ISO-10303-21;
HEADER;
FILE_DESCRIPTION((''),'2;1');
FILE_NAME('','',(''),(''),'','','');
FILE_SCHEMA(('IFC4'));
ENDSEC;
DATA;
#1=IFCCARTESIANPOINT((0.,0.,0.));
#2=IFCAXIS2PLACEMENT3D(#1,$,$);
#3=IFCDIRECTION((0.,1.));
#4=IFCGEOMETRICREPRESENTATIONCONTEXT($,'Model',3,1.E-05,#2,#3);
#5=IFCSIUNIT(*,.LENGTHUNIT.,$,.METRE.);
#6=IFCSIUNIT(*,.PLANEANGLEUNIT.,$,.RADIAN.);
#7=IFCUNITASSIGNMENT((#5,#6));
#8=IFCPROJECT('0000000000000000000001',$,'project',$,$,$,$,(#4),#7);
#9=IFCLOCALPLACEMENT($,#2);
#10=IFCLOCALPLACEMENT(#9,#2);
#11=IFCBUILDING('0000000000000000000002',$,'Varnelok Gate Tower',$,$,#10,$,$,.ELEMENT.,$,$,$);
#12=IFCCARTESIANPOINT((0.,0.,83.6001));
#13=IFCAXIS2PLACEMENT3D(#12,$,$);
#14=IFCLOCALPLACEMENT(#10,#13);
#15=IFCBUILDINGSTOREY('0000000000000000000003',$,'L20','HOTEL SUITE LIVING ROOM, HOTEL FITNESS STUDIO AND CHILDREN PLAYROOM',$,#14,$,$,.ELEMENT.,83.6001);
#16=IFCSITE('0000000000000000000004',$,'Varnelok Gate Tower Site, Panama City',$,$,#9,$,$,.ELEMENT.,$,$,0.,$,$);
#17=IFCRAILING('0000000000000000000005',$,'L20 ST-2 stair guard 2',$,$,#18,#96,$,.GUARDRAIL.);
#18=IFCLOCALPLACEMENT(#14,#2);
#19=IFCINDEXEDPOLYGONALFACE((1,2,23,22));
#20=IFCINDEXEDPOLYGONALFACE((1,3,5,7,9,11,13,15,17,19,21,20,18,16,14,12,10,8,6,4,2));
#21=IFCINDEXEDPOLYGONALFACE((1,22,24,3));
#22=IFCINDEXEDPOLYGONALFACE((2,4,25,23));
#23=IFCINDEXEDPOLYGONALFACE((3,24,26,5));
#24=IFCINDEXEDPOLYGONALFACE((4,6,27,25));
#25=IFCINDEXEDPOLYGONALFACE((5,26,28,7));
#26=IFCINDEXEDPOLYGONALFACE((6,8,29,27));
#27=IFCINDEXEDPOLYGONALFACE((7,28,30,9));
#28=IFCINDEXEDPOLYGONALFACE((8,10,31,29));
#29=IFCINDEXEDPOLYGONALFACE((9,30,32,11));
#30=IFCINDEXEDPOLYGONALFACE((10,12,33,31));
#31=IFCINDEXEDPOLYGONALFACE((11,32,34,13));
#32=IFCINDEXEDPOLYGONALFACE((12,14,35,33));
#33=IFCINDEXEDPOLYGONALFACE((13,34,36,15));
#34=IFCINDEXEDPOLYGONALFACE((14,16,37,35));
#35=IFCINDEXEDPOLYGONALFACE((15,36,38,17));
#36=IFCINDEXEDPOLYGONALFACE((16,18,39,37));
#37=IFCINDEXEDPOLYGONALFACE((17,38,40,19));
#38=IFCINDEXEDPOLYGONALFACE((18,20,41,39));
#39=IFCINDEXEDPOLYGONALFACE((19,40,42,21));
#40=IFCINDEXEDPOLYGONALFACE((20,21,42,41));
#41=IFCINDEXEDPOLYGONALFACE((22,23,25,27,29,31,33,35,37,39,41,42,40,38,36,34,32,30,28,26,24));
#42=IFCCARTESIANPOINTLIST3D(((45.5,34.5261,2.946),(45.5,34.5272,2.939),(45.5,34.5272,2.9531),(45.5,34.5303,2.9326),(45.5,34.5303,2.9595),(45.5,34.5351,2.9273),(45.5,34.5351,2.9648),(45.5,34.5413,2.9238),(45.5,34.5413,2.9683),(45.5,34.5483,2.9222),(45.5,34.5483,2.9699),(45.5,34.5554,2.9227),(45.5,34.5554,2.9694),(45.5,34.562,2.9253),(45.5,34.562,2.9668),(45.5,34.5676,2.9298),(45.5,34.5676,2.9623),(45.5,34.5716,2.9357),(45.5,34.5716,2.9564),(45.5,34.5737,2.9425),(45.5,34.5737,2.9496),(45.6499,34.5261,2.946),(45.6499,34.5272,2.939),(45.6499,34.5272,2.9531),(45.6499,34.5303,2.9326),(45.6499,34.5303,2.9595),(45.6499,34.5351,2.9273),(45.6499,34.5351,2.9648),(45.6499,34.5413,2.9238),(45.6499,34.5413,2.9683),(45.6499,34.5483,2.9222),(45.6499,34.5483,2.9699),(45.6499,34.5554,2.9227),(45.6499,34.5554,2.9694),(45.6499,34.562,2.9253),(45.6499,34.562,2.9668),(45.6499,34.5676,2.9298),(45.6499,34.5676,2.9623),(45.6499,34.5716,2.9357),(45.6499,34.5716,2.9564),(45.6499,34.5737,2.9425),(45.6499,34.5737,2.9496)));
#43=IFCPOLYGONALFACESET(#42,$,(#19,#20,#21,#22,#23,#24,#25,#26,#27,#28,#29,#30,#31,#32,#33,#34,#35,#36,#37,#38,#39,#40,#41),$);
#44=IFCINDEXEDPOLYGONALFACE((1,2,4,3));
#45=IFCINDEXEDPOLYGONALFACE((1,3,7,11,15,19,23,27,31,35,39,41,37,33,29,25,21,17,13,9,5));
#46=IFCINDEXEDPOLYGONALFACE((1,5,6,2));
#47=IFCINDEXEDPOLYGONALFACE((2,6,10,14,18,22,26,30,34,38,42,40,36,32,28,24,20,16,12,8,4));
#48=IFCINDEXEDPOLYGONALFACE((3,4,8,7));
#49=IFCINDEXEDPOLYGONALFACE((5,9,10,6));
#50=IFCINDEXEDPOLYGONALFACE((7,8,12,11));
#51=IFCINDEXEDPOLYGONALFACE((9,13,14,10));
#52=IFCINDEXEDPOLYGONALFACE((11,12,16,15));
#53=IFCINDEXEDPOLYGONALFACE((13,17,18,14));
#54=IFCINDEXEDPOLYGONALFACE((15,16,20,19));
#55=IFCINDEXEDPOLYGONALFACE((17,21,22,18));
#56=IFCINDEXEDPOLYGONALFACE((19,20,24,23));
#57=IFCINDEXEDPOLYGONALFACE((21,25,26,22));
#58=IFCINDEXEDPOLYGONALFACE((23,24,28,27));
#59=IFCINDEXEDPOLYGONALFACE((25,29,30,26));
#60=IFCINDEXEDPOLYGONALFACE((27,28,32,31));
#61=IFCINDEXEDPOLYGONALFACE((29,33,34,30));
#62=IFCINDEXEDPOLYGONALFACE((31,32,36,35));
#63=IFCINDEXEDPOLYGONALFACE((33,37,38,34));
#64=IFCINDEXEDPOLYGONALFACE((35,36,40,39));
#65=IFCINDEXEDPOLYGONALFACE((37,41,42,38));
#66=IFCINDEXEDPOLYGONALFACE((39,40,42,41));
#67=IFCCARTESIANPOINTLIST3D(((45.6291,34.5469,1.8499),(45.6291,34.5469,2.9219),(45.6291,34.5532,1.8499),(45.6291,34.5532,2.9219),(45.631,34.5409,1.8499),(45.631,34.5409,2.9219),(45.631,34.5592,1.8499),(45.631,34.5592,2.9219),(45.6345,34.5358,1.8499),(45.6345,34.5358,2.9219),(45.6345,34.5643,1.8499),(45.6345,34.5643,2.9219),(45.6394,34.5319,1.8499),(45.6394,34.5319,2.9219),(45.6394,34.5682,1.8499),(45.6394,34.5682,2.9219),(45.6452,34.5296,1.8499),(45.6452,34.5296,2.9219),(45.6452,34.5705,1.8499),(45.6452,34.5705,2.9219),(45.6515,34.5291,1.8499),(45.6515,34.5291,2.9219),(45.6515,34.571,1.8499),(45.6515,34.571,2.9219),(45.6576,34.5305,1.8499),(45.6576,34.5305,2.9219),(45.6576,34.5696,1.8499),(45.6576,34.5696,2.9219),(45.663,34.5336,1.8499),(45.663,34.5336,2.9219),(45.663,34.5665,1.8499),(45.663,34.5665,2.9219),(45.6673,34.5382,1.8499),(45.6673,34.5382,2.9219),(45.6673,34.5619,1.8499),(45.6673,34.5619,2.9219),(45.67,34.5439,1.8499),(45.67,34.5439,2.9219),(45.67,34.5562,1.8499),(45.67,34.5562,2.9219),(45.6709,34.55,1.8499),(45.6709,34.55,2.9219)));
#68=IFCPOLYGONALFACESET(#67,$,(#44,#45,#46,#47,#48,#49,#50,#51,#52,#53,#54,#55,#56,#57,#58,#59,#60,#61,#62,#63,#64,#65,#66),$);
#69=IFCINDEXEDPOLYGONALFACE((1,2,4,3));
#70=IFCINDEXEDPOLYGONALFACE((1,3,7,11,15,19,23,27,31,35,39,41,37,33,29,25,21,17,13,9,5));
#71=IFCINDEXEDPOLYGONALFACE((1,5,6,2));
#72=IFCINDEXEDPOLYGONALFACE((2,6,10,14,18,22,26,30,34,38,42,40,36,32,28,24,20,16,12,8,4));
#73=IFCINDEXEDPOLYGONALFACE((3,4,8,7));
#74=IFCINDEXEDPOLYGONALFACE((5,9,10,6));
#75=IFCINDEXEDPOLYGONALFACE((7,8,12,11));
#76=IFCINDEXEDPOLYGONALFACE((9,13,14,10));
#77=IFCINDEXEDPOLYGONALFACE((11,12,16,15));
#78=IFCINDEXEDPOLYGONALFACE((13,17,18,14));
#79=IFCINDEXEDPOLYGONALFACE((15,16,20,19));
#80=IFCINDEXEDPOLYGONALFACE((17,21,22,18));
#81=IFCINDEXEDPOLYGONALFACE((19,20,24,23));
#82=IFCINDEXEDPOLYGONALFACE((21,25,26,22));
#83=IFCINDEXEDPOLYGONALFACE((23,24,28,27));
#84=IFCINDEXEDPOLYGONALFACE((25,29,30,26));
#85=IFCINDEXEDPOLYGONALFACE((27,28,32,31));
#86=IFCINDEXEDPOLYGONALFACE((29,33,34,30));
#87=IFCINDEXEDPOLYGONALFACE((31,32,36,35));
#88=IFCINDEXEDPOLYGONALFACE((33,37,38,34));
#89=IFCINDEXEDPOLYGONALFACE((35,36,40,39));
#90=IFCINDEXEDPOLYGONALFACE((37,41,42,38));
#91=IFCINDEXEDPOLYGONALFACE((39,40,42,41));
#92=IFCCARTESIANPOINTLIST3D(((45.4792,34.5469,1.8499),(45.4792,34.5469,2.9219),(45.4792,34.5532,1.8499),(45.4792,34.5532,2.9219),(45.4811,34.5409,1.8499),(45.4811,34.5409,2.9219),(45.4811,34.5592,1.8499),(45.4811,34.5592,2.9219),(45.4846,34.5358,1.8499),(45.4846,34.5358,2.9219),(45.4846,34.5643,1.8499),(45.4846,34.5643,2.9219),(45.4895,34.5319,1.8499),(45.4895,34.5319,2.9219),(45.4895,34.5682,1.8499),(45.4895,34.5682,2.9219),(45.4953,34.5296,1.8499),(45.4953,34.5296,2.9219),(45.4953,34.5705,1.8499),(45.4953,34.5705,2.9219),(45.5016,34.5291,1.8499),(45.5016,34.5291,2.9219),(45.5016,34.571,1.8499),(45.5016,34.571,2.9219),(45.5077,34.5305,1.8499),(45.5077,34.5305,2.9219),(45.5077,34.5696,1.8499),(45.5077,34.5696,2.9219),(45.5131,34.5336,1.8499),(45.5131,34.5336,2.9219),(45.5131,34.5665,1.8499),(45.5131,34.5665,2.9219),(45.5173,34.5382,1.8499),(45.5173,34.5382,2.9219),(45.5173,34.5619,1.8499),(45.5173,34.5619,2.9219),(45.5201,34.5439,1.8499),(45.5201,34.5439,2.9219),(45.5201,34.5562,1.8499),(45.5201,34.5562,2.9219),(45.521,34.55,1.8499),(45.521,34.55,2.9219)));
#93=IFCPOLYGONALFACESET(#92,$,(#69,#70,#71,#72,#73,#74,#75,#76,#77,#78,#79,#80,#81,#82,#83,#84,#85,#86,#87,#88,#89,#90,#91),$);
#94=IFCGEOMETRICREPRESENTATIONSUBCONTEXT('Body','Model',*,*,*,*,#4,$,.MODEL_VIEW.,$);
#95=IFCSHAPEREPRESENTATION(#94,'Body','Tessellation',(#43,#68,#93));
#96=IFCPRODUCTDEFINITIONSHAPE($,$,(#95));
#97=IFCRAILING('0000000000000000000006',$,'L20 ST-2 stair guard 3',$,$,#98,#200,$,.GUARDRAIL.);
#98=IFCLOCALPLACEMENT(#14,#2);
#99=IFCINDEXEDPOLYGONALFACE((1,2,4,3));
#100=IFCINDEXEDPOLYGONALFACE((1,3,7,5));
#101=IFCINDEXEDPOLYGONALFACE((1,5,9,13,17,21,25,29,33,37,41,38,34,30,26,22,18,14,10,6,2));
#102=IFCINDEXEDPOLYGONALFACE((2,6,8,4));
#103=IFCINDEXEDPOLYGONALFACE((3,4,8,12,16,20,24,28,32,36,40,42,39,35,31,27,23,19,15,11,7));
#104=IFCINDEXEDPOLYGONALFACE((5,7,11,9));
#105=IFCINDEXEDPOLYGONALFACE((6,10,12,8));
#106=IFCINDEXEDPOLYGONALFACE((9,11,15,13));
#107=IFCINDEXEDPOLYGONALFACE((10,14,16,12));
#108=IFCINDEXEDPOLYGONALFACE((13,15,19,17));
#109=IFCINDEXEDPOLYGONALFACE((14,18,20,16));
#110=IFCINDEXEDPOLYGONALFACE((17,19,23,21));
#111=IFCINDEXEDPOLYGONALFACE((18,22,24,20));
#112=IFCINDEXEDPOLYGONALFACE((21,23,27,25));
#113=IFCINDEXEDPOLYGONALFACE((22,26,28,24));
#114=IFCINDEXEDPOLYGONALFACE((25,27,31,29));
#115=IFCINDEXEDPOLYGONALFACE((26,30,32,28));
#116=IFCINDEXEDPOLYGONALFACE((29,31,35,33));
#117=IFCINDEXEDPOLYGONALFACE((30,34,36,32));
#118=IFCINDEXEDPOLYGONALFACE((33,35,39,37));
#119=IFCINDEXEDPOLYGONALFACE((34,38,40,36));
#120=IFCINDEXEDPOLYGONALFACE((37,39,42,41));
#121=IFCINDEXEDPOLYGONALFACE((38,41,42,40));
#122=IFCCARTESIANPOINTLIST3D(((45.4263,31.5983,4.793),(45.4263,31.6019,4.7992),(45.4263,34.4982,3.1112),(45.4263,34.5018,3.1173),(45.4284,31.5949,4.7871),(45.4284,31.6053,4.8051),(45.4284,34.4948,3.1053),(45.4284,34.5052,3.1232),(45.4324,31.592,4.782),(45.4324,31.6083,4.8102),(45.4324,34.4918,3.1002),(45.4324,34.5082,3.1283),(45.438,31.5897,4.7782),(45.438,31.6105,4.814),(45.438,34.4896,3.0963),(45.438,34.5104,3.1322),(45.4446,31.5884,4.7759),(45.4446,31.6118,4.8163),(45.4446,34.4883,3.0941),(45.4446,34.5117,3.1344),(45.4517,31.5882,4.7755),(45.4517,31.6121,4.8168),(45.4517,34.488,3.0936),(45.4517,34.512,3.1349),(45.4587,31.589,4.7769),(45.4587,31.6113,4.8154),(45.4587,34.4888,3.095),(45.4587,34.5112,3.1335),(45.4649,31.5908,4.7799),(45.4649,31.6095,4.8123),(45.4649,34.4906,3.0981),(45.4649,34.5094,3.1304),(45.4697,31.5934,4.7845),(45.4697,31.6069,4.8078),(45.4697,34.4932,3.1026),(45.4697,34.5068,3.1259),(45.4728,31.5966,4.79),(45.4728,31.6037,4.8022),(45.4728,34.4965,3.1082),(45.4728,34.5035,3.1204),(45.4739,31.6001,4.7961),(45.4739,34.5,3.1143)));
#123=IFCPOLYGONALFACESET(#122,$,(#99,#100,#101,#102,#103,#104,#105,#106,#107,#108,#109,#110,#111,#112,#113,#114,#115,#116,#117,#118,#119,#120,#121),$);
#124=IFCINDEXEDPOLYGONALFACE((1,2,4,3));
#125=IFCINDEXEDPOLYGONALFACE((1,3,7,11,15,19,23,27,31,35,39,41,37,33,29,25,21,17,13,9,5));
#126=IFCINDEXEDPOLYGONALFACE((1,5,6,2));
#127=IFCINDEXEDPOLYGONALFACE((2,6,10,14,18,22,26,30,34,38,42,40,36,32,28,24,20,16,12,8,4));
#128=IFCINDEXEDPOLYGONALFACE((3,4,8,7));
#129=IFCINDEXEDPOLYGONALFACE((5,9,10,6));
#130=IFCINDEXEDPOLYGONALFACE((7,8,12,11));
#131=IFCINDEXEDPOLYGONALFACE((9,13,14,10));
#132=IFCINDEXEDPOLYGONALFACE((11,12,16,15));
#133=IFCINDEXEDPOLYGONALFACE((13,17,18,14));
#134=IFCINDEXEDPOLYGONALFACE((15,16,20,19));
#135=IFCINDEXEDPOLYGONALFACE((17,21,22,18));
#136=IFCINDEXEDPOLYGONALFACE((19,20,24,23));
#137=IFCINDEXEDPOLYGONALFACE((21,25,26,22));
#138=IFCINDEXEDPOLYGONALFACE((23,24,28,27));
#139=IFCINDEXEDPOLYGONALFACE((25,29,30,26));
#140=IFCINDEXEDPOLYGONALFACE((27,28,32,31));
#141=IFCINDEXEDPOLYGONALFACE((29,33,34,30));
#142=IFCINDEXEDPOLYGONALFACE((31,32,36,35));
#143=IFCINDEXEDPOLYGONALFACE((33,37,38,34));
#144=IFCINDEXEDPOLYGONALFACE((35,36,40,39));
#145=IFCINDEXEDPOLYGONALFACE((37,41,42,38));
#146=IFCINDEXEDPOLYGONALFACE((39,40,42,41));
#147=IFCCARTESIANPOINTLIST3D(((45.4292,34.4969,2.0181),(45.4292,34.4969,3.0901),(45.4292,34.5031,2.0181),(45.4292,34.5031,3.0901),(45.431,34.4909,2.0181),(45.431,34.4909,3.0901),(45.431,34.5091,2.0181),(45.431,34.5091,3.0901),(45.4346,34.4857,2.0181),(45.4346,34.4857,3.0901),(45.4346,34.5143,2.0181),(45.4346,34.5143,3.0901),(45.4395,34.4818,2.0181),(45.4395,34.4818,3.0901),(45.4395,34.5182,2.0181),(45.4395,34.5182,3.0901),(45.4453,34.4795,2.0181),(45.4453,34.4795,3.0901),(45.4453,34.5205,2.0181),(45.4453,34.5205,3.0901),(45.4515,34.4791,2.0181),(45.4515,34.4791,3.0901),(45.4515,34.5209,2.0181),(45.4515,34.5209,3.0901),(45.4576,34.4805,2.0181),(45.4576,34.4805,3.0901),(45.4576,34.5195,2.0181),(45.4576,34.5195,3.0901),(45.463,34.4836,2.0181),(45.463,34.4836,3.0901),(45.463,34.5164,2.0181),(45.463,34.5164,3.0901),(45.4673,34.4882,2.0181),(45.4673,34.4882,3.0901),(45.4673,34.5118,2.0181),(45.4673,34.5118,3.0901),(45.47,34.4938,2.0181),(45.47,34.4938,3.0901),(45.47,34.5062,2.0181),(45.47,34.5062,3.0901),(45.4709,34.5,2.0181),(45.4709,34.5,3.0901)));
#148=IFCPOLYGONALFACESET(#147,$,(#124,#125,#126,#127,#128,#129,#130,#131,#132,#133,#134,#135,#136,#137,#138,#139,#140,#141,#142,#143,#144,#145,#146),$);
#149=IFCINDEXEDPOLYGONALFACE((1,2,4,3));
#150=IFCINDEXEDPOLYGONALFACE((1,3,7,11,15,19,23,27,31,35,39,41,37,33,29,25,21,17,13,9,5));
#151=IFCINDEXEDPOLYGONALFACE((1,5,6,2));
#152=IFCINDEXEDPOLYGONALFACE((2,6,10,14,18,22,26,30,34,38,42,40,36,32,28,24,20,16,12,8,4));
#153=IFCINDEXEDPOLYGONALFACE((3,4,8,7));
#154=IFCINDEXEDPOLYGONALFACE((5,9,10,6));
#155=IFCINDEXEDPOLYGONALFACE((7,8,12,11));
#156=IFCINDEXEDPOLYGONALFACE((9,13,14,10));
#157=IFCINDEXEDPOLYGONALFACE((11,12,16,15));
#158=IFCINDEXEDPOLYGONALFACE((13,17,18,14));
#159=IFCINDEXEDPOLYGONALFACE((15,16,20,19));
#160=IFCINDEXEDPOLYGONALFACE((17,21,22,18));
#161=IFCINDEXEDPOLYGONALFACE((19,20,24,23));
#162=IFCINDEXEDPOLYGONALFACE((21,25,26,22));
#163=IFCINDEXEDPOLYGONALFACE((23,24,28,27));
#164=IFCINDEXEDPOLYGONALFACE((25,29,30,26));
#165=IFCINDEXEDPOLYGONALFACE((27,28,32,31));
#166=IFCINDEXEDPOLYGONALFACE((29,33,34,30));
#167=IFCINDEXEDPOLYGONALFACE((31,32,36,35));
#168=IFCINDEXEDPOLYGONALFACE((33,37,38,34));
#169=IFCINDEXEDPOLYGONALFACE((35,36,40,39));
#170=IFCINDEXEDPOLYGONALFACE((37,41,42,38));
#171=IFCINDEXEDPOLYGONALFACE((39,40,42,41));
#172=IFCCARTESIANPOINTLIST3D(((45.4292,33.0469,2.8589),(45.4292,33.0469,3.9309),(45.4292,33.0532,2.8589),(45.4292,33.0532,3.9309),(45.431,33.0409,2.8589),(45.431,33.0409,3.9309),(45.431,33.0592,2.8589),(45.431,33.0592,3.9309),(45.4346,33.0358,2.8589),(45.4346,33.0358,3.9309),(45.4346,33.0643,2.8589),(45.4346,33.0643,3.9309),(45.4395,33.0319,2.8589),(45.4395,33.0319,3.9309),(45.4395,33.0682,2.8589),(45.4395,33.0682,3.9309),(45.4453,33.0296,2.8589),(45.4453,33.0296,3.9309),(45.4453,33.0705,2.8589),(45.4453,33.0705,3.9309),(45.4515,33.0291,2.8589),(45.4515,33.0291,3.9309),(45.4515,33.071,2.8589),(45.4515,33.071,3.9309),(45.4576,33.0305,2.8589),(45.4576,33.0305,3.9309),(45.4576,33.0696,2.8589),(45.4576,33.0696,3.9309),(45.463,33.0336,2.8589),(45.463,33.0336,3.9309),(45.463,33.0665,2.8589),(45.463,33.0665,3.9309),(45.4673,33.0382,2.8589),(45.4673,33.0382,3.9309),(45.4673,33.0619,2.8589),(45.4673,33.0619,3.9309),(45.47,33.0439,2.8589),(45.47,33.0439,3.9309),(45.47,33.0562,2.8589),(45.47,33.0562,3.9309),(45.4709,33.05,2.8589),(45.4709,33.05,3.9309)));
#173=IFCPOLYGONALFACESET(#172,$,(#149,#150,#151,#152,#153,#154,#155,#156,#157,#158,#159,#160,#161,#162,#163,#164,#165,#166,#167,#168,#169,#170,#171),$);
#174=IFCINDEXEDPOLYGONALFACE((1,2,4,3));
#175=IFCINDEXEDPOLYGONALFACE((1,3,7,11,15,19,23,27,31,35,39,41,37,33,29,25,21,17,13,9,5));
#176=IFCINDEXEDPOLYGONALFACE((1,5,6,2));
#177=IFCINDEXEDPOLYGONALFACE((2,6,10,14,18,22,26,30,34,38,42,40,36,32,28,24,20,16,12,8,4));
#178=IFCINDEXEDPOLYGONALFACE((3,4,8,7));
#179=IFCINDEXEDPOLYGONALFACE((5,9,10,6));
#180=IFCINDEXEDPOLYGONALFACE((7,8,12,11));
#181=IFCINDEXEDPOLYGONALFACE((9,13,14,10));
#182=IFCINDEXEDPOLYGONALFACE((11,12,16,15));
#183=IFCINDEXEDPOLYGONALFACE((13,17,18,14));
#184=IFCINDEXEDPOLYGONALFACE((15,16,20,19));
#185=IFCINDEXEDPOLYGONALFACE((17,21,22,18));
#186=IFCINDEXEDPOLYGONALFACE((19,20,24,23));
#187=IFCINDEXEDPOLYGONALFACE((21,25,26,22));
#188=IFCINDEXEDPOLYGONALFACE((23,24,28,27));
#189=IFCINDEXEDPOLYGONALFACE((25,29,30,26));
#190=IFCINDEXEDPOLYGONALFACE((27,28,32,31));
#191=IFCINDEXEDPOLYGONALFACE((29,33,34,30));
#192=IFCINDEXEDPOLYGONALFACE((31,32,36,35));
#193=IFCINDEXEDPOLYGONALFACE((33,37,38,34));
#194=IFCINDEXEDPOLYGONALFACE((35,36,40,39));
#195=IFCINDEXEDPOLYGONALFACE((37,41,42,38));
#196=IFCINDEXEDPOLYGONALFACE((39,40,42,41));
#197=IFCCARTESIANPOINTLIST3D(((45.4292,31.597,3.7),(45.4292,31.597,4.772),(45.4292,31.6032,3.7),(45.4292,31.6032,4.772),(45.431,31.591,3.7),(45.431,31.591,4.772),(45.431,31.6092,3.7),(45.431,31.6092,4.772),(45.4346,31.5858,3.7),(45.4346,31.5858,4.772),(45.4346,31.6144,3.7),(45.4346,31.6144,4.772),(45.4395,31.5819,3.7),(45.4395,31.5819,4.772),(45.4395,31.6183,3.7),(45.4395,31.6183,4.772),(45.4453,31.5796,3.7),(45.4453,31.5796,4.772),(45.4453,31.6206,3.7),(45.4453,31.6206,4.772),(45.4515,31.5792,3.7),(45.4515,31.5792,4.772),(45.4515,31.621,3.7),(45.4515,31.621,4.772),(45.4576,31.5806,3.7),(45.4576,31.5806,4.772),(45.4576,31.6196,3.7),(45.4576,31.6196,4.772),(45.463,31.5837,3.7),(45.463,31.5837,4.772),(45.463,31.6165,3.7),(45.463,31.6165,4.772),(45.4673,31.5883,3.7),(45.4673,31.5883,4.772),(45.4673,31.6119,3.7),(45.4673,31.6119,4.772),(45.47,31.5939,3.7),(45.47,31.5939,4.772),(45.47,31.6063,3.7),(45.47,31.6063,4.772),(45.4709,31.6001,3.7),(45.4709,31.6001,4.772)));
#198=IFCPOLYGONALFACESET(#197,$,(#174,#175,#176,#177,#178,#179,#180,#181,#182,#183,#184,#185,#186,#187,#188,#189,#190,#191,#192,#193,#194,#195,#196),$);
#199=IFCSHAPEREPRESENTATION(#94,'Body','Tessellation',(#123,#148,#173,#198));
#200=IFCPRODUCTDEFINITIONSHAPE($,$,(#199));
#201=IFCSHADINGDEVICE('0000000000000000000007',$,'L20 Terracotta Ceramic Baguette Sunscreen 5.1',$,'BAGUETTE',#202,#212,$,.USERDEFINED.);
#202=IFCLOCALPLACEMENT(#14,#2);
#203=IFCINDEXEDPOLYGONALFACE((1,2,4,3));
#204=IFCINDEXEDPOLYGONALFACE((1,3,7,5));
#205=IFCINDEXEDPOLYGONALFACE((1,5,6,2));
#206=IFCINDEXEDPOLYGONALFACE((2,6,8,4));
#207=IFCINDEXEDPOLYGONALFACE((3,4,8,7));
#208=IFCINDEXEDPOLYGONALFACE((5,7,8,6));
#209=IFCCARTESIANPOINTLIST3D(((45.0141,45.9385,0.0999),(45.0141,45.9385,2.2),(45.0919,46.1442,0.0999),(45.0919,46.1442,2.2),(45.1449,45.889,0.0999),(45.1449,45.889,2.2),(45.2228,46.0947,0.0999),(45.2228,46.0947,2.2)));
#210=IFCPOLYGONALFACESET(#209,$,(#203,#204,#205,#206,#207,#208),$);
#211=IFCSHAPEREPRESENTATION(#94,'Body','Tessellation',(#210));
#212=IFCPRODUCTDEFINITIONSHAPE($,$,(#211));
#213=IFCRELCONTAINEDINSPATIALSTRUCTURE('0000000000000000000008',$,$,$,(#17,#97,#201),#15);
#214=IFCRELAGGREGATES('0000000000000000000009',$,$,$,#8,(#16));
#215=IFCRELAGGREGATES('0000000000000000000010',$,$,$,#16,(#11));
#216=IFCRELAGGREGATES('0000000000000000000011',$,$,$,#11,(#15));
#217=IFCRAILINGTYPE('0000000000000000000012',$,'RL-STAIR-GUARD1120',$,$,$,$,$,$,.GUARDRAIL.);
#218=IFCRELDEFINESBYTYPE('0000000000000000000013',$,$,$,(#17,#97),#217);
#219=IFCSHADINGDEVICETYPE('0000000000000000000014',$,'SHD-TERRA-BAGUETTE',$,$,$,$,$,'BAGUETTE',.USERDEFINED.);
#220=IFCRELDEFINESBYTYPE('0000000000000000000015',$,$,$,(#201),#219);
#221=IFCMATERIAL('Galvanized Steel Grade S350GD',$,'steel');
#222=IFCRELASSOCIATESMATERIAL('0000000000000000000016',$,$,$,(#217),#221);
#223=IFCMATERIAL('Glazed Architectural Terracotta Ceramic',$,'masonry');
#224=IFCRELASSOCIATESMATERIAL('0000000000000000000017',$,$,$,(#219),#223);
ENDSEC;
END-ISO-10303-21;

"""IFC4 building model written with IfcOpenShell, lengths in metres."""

from ifc_helpers import new_model, si_unit, direction, frame, origin, origin_2d, place, context, subcontext, project, spatial, rectangle, circle, extrude, source, transform, mapped, material, type_object, element, save


model = new_model("IFC4")

# Units and contexts
model_context = context("Model", 3, precision=1e-05, world=origin(), true_north=direction((0.0, 1.0)))
body_context = subcontext(model_context, "Body", "Model", "MODEL_VIEW")
ifc_project = project(units=[si_unit("LENGTHUNIT", "METRE"), si_unit("PLANEANGLEUNIT", "RADIAN")], contexts=[model_context])

# Site, building, storey
site_placement = place(None, origin())
site = spatial("IfcSite", under=ifc_project, at=site_placement, Name="Varnelok Gate Tower Site, Panama City", CompositionType="ELEMENT", RefElevation=0.0)
building_placement = place(site_placement, origin())
building = spatial("IfcBuilding", under=site, at=building_placement, Name="Varnelok Gate Tower", CompositionType="ELEMENT")
storey_placement = place(building_placement, frame((0.0, 0.0, 83.6001)))
storey = spatial("IfcBuildingStorey", under=building, at=storey_placement, Name="L20", Description="HOTEL SUITE LIVING ROOM, HOTEL FITNESS STUDIO AND CHILDREN PLAYROOM", CompositionType="ELEMENT", Elevation=83.6001)

# Shared definitions
ifc_material_1 = material(Name="Galvanized Steel Grade S350GD", Category="steel")

# Railings
railing_type_1 = type_object("IfcRailingType", Name="RL-STAIR-GUARD1120", PredefinedType="GUARDRAIL", material=ifc_material_1)
railing_1_placement = place(storey_placement, frame((45.6499, 34.55, 1.8499)))
element("IfcRailing", 1, at=railing_1_placement, inside=storey, type_object=railing_type_1, Name="L20 ST-2 stair guard 2", PredefinedType="GUARDRAIL", context=body_context, shape_type="SweptSolid", body=[
    extrude(circle(Radius=0.0239, at=origin_2d()), frame((0.0, 0.0, 1.0962), z_axis=(-1.0, 0.0, 0.0), x_axis=(0.0, -1.0, 0.0)), (0.0, 0.0, 1.0), 0.1499),
    extrude(circle(Radius=0.021, at=origin_2d()), origin(), (0.0, 0.0, 1.0), 1.072),
    extrude(circle(Radius=0.021, at=origin_2d()), frame((-0.1499, 0.0, 0.0)), (0.0, 0.0, 1.0), 1.072),
])
railing_2_placement = place(storey_placement, frame((45.45, 34.5, 2.0181)))
element("IfcRailing", 2, at=railing_2_placement, inside=storey, type_object=railing_type_1, Name="L20 ST-2 stair guard 3", PredefinedType="GUARDRAIL", context=body_context, shape_type="SweptSolid", body=[
    extrude(circle(Radius=0.0239, at=origin_2d()), frame((0.0, 0.0, 1.0962), z_axis=(0.0, -0.865039, 0.501705), x_axis=(1.0, 0.0, 0.0)), (0.0, 0.0, 1.0), 3.3523),
    extrude(circle(Radius=0.021, at=origin_2d()), origin(), (0.0, 0.0, 1.0), 1.072),
    extrude(circle(Radius=0.021, at=origin_2d()), frame((0.0, -1.45, 0.8408)), (0.0, 0.0, 1.0), 1.072),
    extrude(circle(Radius=0.021, at=origin_2d()), frame((0.0, -2.8999, 1.6819)), (0.0, 0.0, 1.0), 1.072),
])

# Shading device
ifc_material_2 = material(Name="Glazed Architectural Terracotta Ceramic", Category="masonry")
shading_device_type = type_object("IfcShadingDeviceType", Name="SHD-TERRA-BAGUETTE", ElementType="BAGUETTE", PredefinedType="USERDEFINED", material=ifc_material_2)
shared_shape_1 = source(origin(), body_context, "Body", "SweptSolid", [
    extrude(rectangle(XDim=0.1399, YDim=0.22, at=origin_2d()), origin(), (0.0, 0.0, 1.0), 2.1001),
])
shading_device_placement = place(storey_placement, frame((45.1184, 46.0166, 0.0999), z_axis=(0.0, 0.0, 1.0), x_axis=(0.935222, -0.354063, 0.0)))
element("IfcShadingDevice", 3, at=shading_device_placement, inside=storey, type_object=shading_device_type, Name="L20 Terracotta Ceramic Baguette Sunscreen 5.1", ObjectType="BAGUETTE", PredefinedType="USERDEFINED", context=body_context, shape_type="MappedRepresentation", body=[
    mapped(shared_shape_1, transform((0.0, 0.0, 0.0), scale=1.0)),
])

save(model, "model.ifc")
